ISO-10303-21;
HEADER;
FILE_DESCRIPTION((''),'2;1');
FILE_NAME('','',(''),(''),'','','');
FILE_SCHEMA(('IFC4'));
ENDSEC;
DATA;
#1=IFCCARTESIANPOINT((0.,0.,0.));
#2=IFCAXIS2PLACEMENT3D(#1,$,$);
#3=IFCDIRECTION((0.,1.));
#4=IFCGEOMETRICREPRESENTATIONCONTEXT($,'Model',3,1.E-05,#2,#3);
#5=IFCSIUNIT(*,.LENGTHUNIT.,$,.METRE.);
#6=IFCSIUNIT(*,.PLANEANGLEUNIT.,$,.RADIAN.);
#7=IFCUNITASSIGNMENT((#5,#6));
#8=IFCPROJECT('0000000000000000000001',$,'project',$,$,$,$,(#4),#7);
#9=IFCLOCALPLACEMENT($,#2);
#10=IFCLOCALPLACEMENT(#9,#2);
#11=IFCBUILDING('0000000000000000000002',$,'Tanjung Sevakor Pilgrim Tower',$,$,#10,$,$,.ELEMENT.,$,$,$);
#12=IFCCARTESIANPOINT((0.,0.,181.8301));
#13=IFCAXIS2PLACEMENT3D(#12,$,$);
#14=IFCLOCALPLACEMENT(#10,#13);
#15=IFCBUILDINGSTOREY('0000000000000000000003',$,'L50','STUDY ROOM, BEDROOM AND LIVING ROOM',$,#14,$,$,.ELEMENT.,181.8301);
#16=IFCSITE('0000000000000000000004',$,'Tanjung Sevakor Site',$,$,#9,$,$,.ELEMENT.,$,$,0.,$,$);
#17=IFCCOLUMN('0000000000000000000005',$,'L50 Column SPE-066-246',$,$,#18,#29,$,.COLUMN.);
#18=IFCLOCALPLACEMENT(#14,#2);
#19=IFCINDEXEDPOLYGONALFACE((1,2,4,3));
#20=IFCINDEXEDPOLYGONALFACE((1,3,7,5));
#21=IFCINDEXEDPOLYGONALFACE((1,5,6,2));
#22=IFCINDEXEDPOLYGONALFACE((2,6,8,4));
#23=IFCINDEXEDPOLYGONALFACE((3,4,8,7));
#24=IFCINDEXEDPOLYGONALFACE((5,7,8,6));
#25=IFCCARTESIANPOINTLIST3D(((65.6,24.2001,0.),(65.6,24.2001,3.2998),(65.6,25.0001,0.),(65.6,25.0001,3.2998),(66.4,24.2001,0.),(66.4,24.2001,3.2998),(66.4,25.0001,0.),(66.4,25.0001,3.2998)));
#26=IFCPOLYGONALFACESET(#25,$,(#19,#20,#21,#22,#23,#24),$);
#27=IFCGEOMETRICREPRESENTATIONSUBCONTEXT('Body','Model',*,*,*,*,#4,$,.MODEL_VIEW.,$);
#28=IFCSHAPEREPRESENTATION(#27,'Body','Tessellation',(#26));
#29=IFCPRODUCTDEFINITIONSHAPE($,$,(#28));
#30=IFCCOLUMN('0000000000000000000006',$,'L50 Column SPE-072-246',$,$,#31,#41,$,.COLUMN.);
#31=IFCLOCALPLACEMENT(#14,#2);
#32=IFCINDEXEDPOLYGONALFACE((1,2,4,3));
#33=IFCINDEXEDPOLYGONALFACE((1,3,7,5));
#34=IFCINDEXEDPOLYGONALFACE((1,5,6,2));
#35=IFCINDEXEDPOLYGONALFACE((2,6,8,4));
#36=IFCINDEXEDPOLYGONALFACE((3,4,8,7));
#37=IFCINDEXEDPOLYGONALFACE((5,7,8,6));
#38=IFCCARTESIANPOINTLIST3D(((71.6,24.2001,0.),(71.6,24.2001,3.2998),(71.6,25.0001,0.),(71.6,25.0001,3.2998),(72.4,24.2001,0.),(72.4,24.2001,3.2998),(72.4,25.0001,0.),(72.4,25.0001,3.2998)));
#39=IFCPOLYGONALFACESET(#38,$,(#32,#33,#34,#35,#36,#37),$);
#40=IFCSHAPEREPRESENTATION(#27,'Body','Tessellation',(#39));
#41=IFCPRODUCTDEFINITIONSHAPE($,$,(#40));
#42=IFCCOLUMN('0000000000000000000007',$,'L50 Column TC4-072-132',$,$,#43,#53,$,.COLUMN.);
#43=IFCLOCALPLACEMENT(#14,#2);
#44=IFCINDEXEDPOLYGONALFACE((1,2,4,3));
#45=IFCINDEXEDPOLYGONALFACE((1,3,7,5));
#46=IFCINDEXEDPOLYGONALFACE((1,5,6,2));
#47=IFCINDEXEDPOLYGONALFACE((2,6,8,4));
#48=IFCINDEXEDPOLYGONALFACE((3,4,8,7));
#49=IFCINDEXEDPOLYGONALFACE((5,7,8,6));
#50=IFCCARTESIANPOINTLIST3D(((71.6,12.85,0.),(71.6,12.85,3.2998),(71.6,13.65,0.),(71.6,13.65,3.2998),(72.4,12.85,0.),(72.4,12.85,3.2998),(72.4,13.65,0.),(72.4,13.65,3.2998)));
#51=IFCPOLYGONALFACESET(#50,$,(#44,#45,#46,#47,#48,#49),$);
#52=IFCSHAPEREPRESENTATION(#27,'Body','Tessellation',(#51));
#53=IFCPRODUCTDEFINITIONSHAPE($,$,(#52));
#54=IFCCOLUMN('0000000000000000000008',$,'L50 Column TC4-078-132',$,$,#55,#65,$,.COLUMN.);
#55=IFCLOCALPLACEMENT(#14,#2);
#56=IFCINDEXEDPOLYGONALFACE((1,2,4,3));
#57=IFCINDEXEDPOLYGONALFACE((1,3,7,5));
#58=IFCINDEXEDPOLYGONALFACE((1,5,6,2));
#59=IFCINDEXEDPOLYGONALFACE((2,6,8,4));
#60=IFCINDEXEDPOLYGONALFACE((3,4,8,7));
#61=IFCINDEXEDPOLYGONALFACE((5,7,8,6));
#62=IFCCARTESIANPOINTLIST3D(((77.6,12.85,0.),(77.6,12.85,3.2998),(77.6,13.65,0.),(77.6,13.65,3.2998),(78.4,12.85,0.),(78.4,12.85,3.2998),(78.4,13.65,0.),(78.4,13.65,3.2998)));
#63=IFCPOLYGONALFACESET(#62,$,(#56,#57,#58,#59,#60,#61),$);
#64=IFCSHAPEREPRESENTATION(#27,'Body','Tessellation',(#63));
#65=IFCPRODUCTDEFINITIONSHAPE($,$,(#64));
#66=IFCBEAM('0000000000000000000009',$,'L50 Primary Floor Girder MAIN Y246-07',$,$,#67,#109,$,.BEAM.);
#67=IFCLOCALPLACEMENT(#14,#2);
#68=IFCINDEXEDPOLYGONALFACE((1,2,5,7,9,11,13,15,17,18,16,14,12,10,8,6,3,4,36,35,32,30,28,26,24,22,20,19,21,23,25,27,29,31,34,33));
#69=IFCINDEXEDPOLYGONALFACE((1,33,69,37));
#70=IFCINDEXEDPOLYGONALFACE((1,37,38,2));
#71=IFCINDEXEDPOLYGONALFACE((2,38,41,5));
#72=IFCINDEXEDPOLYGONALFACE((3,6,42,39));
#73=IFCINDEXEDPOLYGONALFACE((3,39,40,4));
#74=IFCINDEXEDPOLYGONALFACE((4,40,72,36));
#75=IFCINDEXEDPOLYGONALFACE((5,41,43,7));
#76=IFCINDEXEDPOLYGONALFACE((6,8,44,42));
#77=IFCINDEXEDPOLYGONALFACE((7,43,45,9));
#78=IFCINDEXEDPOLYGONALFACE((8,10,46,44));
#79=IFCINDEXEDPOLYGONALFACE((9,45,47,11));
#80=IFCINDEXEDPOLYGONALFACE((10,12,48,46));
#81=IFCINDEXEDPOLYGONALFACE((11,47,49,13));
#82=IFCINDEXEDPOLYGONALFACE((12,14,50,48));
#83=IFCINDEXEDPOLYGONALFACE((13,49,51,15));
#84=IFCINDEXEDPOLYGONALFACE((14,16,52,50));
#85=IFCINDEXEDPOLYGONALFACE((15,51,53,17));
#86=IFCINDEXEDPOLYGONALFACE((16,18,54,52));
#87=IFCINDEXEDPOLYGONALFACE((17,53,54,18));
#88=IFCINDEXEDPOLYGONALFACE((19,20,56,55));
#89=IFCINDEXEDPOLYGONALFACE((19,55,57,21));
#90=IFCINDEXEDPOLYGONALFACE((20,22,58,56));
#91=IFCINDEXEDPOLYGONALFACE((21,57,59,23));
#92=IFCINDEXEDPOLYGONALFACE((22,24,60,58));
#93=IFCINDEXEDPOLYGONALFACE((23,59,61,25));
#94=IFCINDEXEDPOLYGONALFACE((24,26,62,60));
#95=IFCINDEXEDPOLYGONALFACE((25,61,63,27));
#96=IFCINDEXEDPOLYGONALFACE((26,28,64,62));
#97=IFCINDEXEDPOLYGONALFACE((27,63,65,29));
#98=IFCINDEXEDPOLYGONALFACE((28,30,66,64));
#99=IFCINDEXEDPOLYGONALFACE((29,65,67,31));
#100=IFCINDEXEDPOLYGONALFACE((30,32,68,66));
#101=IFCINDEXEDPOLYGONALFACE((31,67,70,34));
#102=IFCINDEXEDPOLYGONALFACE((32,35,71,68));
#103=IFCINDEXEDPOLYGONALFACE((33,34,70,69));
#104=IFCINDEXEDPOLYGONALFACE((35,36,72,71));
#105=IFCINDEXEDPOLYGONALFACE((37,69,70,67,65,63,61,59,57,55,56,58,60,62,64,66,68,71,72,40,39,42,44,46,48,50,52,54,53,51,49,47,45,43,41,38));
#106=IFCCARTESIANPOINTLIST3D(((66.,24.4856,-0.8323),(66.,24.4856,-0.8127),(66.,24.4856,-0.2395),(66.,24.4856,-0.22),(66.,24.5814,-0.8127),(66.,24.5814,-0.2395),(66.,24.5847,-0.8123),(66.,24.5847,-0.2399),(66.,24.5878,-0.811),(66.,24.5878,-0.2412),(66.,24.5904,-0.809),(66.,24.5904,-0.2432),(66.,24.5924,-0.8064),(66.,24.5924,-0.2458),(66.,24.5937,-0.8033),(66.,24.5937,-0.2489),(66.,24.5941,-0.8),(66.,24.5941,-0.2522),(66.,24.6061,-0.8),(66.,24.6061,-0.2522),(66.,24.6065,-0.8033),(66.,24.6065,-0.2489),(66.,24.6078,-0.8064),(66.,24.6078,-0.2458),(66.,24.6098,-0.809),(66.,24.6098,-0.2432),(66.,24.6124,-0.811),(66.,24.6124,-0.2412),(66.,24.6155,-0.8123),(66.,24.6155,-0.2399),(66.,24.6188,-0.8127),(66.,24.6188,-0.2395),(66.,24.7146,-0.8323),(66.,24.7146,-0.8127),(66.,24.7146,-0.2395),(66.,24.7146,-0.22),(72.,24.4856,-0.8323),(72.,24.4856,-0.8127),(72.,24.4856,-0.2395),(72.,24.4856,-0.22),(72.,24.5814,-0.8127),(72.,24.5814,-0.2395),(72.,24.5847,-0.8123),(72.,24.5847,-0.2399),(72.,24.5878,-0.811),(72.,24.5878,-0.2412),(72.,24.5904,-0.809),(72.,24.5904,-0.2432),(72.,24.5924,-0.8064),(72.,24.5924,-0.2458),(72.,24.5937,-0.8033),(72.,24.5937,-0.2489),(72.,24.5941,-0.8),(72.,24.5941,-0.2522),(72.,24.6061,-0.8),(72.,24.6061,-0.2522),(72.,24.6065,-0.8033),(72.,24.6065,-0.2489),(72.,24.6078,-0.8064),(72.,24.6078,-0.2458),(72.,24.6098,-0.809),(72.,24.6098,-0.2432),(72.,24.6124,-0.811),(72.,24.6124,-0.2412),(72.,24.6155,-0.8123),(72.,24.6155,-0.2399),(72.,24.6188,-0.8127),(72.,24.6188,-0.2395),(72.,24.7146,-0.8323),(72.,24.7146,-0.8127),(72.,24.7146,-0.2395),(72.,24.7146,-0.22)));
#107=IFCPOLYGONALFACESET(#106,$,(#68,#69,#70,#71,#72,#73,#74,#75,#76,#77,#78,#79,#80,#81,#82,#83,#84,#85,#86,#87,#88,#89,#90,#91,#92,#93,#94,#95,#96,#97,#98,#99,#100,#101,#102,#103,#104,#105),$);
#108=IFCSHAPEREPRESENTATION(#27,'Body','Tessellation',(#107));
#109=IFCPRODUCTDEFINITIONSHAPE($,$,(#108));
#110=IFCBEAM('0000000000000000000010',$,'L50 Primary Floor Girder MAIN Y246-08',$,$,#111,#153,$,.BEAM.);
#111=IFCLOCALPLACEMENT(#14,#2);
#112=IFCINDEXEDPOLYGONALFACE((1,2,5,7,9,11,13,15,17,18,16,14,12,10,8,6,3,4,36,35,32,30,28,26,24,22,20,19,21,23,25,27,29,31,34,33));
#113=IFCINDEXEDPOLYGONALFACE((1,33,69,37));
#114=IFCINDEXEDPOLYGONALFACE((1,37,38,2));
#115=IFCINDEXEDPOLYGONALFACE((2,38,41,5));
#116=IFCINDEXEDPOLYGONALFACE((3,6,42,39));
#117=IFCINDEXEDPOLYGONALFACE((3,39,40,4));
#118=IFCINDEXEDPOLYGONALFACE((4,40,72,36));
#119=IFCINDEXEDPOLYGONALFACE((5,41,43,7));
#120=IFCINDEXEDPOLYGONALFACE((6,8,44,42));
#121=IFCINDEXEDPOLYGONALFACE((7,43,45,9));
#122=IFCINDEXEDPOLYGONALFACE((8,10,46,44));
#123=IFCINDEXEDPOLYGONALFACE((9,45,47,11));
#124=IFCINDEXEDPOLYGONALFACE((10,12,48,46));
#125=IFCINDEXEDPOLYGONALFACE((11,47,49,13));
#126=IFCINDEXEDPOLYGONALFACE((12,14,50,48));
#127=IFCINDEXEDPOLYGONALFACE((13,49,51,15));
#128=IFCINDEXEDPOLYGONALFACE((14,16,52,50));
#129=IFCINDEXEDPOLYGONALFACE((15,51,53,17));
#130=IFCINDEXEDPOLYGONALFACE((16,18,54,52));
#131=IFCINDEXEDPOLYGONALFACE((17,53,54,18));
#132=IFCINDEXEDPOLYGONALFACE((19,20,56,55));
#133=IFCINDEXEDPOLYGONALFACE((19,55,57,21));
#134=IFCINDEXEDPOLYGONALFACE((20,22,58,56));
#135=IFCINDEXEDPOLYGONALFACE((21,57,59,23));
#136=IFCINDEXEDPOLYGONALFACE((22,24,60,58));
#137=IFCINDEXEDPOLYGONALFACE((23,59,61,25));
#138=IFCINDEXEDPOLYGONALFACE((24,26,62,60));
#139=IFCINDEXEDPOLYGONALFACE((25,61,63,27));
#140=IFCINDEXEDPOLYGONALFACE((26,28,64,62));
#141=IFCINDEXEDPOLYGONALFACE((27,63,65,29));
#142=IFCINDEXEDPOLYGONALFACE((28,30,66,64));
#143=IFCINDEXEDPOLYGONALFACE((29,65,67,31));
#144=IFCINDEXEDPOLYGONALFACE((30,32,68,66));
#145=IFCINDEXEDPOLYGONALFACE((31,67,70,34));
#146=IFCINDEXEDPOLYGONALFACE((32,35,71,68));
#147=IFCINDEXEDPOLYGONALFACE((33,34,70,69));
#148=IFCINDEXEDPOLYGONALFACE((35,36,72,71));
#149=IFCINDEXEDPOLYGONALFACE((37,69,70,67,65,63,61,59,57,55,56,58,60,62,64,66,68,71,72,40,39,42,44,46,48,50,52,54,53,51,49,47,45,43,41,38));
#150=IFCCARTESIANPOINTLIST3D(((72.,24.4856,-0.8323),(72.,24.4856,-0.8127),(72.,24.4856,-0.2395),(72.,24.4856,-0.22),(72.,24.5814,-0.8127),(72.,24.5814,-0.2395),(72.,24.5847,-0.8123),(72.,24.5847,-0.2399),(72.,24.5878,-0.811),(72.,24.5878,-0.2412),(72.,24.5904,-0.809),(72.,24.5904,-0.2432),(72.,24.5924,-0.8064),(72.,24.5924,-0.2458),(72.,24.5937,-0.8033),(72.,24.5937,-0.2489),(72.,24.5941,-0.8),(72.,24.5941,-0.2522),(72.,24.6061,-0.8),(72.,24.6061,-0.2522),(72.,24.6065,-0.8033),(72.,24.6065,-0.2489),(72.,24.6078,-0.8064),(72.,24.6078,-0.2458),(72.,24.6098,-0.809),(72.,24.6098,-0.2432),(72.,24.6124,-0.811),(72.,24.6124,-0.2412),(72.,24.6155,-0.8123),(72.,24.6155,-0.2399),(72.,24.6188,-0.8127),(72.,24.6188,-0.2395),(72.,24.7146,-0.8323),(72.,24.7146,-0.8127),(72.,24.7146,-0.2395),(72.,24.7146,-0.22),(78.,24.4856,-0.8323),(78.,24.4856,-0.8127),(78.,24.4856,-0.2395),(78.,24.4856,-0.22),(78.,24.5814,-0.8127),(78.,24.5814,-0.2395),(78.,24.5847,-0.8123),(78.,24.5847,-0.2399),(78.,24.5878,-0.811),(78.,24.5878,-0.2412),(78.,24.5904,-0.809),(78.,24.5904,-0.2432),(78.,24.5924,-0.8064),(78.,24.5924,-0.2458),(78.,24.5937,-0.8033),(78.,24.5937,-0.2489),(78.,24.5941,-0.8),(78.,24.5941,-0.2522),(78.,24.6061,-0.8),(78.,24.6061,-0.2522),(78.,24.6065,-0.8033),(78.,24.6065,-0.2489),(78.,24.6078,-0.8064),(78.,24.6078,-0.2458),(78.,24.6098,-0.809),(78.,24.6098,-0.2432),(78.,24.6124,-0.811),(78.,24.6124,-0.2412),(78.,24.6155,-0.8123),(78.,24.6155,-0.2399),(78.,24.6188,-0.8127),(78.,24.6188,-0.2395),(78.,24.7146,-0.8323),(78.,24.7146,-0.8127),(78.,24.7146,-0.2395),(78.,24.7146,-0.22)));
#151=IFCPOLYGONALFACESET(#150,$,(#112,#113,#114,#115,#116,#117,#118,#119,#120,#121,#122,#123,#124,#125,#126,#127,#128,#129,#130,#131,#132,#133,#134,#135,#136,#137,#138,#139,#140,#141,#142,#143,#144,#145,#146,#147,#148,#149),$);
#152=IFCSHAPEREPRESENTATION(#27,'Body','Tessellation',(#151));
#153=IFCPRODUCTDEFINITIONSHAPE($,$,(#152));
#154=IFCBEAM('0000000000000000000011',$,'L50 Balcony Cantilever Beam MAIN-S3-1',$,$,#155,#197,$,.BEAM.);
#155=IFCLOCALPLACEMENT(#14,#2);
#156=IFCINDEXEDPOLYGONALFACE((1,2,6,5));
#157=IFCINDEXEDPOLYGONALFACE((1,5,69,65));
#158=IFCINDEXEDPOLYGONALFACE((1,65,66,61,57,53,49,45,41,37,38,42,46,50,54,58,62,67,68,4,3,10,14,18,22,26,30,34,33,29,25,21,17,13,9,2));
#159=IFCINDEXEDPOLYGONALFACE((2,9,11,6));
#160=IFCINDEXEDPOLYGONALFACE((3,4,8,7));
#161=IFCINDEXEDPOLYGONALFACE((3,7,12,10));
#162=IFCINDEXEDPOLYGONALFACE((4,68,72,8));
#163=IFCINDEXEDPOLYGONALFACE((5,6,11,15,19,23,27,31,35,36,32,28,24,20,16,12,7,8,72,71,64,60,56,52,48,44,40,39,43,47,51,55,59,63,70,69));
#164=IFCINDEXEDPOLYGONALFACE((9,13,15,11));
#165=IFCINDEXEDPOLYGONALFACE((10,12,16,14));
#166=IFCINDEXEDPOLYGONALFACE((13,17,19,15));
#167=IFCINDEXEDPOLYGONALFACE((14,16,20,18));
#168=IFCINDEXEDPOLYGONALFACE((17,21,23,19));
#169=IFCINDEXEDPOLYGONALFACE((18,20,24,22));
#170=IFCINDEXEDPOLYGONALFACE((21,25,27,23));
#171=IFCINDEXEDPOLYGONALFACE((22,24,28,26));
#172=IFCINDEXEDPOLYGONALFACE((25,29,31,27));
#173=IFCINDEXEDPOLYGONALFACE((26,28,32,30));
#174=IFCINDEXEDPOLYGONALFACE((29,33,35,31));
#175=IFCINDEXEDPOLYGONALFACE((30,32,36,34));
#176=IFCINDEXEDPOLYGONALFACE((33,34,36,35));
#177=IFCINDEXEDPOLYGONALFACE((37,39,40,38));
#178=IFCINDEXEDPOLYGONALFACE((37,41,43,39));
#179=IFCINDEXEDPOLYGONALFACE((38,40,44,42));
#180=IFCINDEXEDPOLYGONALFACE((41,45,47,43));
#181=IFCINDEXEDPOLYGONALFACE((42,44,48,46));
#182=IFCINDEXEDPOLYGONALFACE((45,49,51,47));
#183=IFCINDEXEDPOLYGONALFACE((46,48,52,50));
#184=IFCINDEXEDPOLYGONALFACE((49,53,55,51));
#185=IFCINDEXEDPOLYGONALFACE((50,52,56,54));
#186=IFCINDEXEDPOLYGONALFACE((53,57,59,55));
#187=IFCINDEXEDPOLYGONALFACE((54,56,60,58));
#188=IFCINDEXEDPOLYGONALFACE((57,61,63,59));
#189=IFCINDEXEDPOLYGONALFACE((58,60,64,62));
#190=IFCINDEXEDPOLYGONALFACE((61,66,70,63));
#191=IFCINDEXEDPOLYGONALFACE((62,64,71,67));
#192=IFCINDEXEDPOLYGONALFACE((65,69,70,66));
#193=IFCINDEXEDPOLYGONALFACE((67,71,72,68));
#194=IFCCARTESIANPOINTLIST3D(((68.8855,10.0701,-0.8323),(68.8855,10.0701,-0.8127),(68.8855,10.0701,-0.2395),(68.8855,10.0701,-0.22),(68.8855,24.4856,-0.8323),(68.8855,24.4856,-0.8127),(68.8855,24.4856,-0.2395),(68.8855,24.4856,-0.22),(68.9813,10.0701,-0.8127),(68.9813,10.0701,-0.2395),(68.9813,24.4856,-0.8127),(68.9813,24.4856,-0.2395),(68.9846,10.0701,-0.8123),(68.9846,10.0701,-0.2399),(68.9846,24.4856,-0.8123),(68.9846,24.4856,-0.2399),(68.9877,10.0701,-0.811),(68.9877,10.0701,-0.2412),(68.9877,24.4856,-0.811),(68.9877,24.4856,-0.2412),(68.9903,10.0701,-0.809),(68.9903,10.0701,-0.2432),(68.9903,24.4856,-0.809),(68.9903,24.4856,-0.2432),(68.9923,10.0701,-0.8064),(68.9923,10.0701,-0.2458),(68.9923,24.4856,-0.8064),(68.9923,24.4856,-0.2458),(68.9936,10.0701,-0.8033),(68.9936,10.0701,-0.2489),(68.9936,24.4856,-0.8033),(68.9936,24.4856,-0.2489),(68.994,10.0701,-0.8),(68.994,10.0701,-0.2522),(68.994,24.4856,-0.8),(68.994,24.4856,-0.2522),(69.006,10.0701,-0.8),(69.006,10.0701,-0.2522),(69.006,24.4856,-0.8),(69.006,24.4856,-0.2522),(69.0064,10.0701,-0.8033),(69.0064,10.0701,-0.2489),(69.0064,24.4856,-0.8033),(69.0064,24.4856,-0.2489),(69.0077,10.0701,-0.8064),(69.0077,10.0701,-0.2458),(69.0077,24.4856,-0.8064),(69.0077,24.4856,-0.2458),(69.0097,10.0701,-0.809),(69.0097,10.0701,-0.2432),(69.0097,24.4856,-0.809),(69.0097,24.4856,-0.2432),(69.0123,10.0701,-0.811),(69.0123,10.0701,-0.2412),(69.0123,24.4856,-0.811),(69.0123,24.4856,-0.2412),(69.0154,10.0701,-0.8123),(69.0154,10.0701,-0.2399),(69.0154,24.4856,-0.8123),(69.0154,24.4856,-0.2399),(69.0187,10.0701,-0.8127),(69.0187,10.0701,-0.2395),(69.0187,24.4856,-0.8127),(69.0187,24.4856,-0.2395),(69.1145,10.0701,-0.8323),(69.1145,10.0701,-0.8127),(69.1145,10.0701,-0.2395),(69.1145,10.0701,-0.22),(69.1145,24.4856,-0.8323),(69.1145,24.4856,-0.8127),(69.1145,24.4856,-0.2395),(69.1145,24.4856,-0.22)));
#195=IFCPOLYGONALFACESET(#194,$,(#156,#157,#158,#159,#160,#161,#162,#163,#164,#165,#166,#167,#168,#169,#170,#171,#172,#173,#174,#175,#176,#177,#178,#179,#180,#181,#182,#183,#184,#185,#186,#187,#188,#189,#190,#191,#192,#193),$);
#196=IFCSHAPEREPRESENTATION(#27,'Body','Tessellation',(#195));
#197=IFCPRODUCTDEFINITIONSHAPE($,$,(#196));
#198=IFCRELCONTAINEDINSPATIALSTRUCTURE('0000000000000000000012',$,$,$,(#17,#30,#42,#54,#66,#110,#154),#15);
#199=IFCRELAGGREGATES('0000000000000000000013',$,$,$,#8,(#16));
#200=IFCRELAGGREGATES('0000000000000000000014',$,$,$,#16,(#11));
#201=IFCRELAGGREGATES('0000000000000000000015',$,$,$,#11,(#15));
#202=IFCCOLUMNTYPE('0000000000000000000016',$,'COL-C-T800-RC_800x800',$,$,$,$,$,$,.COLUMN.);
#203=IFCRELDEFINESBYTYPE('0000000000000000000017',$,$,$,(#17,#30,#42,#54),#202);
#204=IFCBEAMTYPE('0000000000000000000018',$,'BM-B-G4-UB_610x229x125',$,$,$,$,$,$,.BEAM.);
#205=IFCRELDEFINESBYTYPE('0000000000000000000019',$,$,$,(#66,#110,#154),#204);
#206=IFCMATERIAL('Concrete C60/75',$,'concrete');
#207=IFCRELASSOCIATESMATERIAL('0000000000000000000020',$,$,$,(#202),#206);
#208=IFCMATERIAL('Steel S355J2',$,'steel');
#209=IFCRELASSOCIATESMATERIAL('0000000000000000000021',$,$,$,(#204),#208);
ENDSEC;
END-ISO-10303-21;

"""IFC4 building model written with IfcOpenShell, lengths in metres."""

from ifc_helpers import new_model, si_unit, direction, frame, origin, origin_2d, place, context, subcontext, project, spatial, rectangle, i_section, extrude, material, material_profile, profile_set, type_object, element, save


model = new_model("IFC4")

# Units and contexts
model_context = context("Model", 3, precision=1e-05, world=origin(), true_north=direction((0.0, 1.0)))
body_context = subcontext(model_context, "Body", "Model", "MODEL_VIEW")
ifc_project = project(units=[si_unit("LENGTHUNIT", "METRE"), si_unit("PLANEANGLEUNIT", "RADIAN")], contexts=[model_context])

# Site, building, storey
site_placement = place(None, origin())
site = spatial("IfcSite", under=ifc_project, at=site_placement, Name="Tanjung Sevakor Site", CompositionType="ELEMENT", RefElevation=0.0)
building_placement = place(site_placement, origin())
building = spatial("IfcBuilding", under=site, at=building_placement, Name="Tanjung Sevakor Pilgrim Tower", CompositionType="ELEMENT")
storey_placement = place(building_placement, frame((0.0, 0.0, 181.8301)))
storey = spatial("IfcBuildingStorey", under=building, at=storey_placement, Name="L50", Description="STUDY ROOM, BEDROOM AND LIVING ROOM", CompositionType="ELEMENT", Elevation=181.8301)

# Columns
ifc_material_1 = material(Name="Concrete C60/75", Category="concrete")
ifc_material_profile_1 = material_profile(ifc_material_1, rectangle(XDim=0.8, YDim=0.8, at=origin_2d()))
ifc_profile_set_1 = profile_set([ifc_material_profile_1], Name="Concrete C60/75")
column_type = type_object("IfcColumnType", Name="COL-C-T800-RC_800x800", PredefinedType="COLUMN", material=ifc_profile_set_1)
for number, where, z_axis, x_axis, name in (
    (1, (66.0, 24.6001, 0.0), (0.0, 0.0, 1.0), (1.0, 0.0, 0.0), "L50 Column SPE-066-246"),
    (2, (72.0, 24.6001, 0.0), (0.0, 0.0, 1.0), (1.0, 0.0, 0.0), "L50 Column SPE-072-246"),
    (3, (72.0, 13.25, 0.0), (0.0, 0.0, 1.0), (1.0, 0.0, 0.0), "L50 Column TC4-072-132"),
    (4, (78.0, 13.25, 0.0), (0.0, 0.0, 1.0), (1.0, 0.0, 0.0), "L50 Column TC4-078-132"),
):
    element("IfcColumn", number, at=place(storey_placement, frame(where, z_axis=z_axis, x_axis=x_axis)), inside=storey, type_object=column_type, Name=name, PredefinedType="COLUMN", context=body_context, shape_type="SweptSolid", body=[
        extrude(rectangle(XDim=0.8, YDim=0.8, at=origin_2d()), origin(), (0.0, 0.0, 1.0), 3.2998),
    ])

# Beams
ifc_material_2 = material(Name="Steel S355J2", Category="steel")
ifc_material_profile_2 = material_profile(ifc_material_2, i_section(OverallWidth=0.229, OverallDepth=0.6123, WebThickness=0.012, FlangeThickness=0.0195, FilletRadius=0.0127, at=origin_2d()))
ifc_profile_set_2 = profile_set([ifc_material_profile_2], Name="Steel S355J2")
beam_type_1 = type_object("IfcBeamType", Name="BM-B-G4-UB_610x229x125", PredefinedType="BEAM", material=ifc_profile_set_2)
for number, where, z_axis, x_axis, name in (
    (5, (66.0, 24.6001, -0.5261), (1.0, 0.0, 0.0), (0.0, 1.0, 0.0), "L50 Primary Floor Girder MAIN Y246-07"),
    (6, (72.0, 24.6001, -0.5261), (1.0, 0.0, 0.0), (0.0, 1.0, 0.0), "L50 Primary Floor Girder MAIN Y246-08"),
):
    element("IfcBeam", number, at=place(storey_placement, frame(where, z_axis=z_axis, x_axis=x_axis)), inside=storey, type_object=beam_type_1, Name=name, PredefinedType="BEAM", context=body_context, shape_type="SweptSolid", body=[
        extrude(i_section(OverallWidth=0.229, OverallDepth=0.6123, WebThickness=0.012, FlangeThickness=0.0195, FilletRadius=0.0127, at=origin_2d()), origin(), (0.0, 0.0, 1.0), 6.0),
    ])
beam_1_placement = place(storey_placement, frame((69.0, 24.4856, -0.5261), z_axis=(0.0, -1.0, 0.0), x_axis=(1.0, 0.0, 0.0)))
element("IfcBeam", 7, at=beam_1_placement, inside=storey, type_object=beam_type_1, Name="L50 Balcony Cantilever Beam MAIN-S3-1", PredefinedType="BEAM", context=body_context, shape_type="SweptSolid", body=[
    extrude(i_section(OverallWidth=0.229, OverallDepth=0.6123, WebThickness=0.012, FlangeThickness=0.0195, FilletRadius=0.0127, at=origin_2d()), origin(), (0.0, 0.0, 1.0), 14.4155),
])

save(model, "model.ifc")
